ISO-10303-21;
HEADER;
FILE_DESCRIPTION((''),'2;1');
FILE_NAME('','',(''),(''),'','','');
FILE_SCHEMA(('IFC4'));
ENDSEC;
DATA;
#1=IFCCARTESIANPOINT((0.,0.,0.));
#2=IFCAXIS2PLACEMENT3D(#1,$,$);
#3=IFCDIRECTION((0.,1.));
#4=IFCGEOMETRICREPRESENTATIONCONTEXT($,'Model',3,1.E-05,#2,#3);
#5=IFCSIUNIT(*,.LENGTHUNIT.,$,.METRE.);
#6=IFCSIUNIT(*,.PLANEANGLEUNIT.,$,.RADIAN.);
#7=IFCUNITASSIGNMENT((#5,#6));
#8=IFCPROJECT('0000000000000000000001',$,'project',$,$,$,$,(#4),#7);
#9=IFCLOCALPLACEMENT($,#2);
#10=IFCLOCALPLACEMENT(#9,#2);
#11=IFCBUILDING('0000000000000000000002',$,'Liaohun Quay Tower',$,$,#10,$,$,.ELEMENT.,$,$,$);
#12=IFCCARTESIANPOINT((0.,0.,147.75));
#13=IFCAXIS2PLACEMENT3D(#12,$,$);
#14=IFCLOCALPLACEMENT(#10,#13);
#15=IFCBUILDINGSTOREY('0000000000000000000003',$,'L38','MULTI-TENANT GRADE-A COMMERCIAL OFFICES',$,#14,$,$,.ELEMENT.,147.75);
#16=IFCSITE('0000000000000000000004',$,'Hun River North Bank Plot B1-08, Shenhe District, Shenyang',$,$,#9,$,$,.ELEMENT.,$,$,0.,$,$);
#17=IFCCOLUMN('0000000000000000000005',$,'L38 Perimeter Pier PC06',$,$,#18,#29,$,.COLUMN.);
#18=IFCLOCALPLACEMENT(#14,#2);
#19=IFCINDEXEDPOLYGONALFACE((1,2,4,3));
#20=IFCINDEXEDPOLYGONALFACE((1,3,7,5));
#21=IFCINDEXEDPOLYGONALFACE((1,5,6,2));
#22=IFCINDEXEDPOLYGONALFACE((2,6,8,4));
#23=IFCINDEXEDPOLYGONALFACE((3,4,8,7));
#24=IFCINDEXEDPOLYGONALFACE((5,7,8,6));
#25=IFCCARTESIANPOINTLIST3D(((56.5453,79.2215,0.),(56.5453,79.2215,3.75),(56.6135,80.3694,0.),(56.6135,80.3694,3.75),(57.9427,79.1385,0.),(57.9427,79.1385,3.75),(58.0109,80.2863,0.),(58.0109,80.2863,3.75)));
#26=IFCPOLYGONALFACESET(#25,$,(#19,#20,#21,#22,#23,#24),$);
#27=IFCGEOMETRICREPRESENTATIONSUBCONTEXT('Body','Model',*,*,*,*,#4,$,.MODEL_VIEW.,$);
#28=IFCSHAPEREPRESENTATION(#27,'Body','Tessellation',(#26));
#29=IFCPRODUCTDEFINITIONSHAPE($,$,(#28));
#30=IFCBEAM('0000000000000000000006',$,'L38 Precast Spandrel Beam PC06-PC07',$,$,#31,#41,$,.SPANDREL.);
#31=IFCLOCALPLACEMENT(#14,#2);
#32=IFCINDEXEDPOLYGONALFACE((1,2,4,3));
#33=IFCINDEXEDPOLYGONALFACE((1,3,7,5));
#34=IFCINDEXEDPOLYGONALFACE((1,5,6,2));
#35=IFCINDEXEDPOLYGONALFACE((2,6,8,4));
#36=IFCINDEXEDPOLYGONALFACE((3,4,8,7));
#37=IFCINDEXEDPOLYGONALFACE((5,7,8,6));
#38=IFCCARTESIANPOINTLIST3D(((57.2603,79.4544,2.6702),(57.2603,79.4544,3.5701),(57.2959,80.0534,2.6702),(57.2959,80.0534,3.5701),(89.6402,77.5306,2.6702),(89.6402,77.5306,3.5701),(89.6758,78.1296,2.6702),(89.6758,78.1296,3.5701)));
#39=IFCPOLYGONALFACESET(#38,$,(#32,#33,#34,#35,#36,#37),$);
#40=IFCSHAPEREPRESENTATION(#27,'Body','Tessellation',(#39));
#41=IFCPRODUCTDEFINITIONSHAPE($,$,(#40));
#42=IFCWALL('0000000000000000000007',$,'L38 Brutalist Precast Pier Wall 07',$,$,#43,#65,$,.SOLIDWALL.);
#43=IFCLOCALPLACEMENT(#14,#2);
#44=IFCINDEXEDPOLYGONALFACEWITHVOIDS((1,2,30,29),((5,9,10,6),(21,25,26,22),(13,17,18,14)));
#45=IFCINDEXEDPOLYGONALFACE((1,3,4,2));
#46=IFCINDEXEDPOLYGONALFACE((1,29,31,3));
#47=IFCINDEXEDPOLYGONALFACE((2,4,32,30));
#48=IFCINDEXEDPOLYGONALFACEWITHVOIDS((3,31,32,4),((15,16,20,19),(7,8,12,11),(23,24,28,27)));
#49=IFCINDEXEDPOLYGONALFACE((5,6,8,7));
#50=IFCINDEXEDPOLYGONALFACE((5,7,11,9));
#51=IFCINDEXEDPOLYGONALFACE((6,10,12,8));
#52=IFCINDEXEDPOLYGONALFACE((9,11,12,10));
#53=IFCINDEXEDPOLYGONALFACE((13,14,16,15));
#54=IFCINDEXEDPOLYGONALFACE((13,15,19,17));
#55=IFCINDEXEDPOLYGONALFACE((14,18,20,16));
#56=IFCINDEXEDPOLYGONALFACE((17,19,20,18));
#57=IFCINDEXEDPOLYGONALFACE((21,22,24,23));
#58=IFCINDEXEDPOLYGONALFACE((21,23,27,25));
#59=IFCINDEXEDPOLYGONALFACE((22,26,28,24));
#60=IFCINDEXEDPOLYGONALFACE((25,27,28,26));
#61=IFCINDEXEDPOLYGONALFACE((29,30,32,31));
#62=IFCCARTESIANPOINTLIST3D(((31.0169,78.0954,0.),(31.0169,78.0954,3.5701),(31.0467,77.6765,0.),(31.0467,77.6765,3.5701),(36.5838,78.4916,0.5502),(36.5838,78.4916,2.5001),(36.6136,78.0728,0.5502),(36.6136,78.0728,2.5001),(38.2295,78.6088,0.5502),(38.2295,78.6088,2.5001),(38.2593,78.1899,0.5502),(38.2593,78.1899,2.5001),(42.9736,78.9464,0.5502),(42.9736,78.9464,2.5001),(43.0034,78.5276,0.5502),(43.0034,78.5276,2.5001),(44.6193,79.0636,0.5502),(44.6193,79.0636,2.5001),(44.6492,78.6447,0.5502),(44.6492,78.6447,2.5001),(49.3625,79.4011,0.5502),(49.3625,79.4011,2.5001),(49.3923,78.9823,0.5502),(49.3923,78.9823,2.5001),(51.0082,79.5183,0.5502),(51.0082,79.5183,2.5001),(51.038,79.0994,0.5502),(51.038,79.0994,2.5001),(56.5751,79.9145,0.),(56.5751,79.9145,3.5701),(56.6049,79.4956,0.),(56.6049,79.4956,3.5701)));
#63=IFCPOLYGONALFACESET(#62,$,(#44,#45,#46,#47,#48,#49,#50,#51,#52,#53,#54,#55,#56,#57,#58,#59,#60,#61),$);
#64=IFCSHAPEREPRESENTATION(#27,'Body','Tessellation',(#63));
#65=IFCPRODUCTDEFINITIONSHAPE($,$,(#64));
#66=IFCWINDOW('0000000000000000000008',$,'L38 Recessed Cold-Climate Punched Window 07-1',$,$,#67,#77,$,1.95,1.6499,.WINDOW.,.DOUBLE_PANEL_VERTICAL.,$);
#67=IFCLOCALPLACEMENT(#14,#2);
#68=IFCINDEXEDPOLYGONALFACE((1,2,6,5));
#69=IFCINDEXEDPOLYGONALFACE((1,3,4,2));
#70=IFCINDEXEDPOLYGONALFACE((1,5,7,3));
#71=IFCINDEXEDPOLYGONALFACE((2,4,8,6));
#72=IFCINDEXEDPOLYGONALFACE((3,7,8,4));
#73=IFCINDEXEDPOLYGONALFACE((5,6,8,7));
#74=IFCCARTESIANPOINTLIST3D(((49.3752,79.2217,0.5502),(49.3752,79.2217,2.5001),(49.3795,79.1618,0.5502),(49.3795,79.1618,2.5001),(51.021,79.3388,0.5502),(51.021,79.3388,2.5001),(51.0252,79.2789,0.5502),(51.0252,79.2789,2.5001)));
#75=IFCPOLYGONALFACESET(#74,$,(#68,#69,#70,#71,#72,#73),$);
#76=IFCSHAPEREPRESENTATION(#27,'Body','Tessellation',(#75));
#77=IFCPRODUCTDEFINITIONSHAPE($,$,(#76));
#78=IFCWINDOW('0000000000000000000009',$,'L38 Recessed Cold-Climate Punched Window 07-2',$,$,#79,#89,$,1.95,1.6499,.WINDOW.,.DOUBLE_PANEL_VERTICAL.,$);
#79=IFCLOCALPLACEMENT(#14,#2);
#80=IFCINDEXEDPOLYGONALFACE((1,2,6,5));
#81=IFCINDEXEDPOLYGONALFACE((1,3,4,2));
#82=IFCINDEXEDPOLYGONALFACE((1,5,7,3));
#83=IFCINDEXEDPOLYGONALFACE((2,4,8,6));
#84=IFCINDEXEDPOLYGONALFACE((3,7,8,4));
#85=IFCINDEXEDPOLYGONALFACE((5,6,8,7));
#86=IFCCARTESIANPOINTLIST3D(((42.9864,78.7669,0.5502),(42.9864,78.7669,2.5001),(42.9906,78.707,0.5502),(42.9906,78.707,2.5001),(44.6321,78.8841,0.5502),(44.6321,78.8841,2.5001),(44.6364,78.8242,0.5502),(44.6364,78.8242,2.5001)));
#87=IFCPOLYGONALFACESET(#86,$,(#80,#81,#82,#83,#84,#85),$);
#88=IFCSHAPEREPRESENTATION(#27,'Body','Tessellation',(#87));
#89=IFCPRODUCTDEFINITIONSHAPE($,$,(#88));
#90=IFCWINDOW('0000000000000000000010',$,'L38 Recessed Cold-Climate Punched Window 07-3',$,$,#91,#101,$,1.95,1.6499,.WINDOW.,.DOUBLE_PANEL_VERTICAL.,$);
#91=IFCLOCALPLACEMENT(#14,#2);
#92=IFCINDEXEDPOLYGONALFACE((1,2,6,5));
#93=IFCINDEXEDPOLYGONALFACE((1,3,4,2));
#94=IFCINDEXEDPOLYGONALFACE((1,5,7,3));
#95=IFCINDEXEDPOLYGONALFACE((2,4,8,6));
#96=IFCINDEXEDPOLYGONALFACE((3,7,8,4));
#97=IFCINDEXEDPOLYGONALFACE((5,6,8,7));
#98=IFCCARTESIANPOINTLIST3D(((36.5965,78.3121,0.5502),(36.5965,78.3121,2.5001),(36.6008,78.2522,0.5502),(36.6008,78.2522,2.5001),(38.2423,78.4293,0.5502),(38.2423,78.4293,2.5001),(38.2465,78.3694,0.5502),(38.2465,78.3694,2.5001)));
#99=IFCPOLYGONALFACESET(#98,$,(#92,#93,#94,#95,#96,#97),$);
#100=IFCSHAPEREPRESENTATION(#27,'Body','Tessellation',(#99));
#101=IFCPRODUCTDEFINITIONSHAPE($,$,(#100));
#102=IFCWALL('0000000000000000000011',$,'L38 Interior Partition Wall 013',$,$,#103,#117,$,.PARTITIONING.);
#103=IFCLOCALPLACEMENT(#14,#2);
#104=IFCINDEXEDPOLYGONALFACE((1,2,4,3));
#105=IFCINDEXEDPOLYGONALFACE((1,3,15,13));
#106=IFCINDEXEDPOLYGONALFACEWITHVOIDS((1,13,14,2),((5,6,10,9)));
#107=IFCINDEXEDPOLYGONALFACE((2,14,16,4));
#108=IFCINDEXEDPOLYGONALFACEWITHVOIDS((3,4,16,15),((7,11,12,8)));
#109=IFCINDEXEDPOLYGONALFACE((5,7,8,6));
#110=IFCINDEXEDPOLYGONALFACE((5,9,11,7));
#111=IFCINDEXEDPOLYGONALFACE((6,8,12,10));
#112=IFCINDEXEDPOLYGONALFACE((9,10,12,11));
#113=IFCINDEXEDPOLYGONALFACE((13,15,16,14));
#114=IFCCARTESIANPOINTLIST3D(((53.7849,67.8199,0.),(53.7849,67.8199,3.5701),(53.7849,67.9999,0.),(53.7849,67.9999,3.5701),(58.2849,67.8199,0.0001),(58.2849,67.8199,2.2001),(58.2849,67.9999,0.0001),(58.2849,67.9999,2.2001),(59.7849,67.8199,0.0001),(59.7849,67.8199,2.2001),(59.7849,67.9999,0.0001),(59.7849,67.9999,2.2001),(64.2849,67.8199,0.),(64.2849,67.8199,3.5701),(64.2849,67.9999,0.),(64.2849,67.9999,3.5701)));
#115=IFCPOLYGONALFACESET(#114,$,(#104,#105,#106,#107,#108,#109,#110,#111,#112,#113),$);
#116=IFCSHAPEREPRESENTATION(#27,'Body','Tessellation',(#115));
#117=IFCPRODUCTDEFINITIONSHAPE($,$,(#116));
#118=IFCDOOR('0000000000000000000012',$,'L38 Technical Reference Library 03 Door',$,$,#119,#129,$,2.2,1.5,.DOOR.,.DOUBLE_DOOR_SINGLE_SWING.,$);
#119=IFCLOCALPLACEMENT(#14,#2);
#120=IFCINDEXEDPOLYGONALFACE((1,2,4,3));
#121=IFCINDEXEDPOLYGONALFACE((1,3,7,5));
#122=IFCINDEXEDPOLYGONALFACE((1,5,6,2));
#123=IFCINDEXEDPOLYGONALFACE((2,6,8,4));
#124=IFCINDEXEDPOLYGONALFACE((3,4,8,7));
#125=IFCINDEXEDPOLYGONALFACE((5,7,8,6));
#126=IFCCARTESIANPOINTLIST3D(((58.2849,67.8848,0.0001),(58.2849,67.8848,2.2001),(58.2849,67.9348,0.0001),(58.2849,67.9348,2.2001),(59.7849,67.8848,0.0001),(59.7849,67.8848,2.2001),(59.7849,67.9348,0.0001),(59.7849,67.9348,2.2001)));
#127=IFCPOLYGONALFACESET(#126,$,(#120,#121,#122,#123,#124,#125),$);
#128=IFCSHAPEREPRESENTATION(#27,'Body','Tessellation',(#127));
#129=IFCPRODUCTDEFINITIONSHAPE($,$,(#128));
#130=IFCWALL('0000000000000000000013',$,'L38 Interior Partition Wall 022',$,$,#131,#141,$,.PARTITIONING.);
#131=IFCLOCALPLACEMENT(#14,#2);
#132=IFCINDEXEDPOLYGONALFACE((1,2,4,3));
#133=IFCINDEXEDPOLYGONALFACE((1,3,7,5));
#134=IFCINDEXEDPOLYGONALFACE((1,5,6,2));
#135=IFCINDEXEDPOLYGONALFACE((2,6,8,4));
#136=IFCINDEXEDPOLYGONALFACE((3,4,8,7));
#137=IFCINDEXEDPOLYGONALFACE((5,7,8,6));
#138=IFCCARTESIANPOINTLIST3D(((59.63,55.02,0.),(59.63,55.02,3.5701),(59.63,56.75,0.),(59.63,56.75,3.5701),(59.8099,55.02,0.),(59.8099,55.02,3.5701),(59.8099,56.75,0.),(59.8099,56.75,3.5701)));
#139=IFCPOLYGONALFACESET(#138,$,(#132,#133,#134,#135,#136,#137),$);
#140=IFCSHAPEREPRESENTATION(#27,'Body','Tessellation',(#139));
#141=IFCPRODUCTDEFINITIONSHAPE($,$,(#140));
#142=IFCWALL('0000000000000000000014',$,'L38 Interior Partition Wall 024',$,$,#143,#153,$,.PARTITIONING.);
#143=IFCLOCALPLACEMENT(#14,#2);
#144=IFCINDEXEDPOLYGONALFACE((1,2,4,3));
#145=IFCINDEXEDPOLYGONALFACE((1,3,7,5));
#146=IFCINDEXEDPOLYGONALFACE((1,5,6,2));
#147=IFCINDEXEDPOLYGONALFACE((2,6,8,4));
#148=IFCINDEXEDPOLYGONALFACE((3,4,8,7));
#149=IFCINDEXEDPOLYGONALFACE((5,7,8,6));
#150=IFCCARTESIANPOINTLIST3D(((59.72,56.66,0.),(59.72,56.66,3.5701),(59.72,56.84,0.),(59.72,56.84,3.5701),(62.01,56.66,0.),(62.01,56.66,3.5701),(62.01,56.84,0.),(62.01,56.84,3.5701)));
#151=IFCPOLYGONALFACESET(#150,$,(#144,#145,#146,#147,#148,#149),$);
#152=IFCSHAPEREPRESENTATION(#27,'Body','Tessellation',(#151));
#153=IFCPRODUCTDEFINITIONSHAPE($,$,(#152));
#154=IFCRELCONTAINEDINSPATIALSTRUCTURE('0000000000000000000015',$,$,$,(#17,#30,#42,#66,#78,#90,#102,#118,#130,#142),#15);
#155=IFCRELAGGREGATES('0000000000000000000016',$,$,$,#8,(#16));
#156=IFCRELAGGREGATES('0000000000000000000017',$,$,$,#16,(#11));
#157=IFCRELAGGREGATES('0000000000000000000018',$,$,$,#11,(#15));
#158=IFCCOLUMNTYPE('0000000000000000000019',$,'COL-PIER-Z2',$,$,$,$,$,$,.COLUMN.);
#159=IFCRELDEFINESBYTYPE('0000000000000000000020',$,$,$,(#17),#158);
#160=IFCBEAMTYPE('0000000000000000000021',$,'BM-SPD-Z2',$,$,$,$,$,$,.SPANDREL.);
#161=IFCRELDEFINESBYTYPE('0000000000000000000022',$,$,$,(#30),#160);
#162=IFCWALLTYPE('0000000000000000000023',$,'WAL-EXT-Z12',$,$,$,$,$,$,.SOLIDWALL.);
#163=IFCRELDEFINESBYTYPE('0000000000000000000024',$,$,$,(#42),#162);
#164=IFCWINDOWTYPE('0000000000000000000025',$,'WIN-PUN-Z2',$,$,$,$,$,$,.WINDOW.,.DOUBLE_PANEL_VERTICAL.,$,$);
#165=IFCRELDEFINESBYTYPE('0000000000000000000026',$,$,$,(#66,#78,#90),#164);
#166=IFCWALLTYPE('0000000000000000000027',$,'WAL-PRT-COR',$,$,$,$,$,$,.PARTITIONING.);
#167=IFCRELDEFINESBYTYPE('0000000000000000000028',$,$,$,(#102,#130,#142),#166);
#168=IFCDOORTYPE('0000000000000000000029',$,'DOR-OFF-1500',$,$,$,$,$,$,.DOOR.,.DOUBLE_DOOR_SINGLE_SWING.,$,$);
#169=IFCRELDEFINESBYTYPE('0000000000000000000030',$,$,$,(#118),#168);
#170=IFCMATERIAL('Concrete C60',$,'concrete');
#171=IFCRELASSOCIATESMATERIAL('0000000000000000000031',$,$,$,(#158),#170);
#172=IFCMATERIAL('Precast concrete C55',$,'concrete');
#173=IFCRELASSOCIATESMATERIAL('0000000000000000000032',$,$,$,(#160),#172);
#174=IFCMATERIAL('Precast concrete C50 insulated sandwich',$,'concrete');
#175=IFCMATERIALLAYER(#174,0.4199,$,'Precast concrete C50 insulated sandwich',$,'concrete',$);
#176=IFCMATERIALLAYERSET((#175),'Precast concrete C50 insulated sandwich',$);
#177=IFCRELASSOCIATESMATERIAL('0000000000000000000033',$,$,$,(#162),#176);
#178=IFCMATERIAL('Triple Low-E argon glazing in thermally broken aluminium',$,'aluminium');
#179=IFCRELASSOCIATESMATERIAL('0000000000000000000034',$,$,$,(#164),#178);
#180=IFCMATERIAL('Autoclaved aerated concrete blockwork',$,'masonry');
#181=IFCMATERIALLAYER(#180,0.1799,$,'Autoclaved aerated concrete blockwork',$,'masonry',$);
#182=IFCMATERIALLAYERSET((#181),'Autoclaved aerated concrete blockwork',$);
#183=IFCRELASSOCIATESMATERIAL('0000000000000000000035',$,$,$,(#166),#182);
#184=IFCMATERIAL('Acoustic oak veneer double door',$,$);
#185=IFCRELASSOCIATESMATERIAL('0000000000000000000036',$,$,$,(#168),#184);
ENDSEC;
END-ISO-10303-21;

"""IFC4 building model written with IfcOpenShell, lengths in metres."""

from ifc_helpers import new_model, si_unit, direction, frame, frame_2d, origin, origin_2d, place, context, subcontext, project, spatial, rectangle, extrude, source, transform, mapped, material, layer, layer_set, material_profile, profile_set, type_object, element, fill, save


model = new_model("IFC4")

# Units and contexts
model_context = context("Model", 3, precision=1e-05, world=origin(), true_north=direction((0.0, 1.0)))
body_context = subcontext(model_context, "Body", "Model", "MODEL_VIEW")
ifc_project = project(units=[si_unit("LENGTHUNIT", "METRE"), si_unit("PLANEANGLEUNIT", "RADIAN")], contexts=[model_context])

# Site, building, storey
site_placement = place(None, origin())
site = spatial("IfcSite", under=ifc_project, at=site_placement, Name="Hun River North Bank Plot B1-08, Shenhe District, Shenyang", CompositionType="ELEMENT", RefElevation=0.0)
building_placement = place(site_placement, origin())
building = spatial("IfcBuilding", under=site, at=building_placement, Name="Liaohun Quay Tower", CompositionType="ELEMENT")
storey_placement = place(building_placement, frame((0.0, 0.0, 147.75)))
storey = spatial("IfcBuildingStorey", under=building, at=storey_placement, Name="L38", Description="MULTI-TENANT GRADE-A COMMERCIAL OFFICES", CompositionType="ELEMENT", Elevation=147.75)

# Column
ifc_material_1 = material(Name="Concrete C60", Category="concrete")
ifc_material_profile_1 = material_profile(ifc_material_1, rectangle(XDim=1.3999, YDim=1.1499, at=origin_2d()), Name="RC1400x1150")
ifc_profile_set_1 = profile_set([ifc_material_profile_1], Name="Concrete C60")
column_type = type_object("IfcColumnType", Name="COL-PIER-Z2", PredefinedType="COLUMN", material=ifc_profile_set_1)
shared_shape_1 = source(origin(), body_context, "Body", "SweptSolid", [
    extrude(rectangle(XDim=1.3999, YDim=1.1499, at=origin_2d()), origin(), (0.0, 0.0, 1.0), 3.75),
])
column_placement = place(storey_placement, frame((57.2781, 79.7539, 0.0), z_axis=(0.0, 0.0, 1.0), x_axis=(-0.99824, 0.059306, 0.0)))
element("IfcColumn", 1, at=column_placement, inside=storey, type_object=column_type, Name="L38 Perimeter Pier PC06", PredefinedType="COLUMN", context=body_context, shape_type="MappedRepresentation", body=[
    mapped(shared_shape_1, transform((0.0, 0.0, 0.0), x_axis=(1.0, 0.0, 0.0), y_axis=(0.0, 1.0, 0.0), z_axis=(0.0, 0.0, 1.0), scale=1.0)),
])

# Beam
ifc_material_2 = material(Name="Precast concrete C55", Category="concrete")
ifc_material_profile_2 = material_profile(ifc_material_2, rectangle(XDim=0.6001, YDim=0.8999, at=origin_2d()), Name="RC600x900")
ifc_profile_set_2 = profile_set([ifc_material_profile_2], Name="Precast concrete C55")
beam_type = type_object("IfcBeamType", Name="BM-SPD-Z2", PredefinedType="SPANDREL", material=ifc_profile_set_2)
shared_shape_2 = source(origin(), body_context, "Body", "SweptSolid", [
    extrude(rectangle(XDim=0.6001, YDim=0.8999, at=origin_2d()), origin(), (0.0, 0.0, 1.0), 32.437),
])
beam_placement = place(storey_placement, frame((57.2781, 79.7539, 3.1201), z_axis=(0.99824, -0.05931, 0.0), x_axis=(0.05931, 0.99824, 0.0)))
element("IfcBeam", 2, at=beam_placement, inside=storey, type_object=beam_type, Name="L38 Precast Spandrel Beam PC06-PC07", PredefinedType="SPANDREL", context=body_context, shape_type="MappedRepresentation", body=[
    mapped(shared_shape_2, transform((0.0, 0.0, 0.0), x_axis=(1.0, 0.0, 0.0), y_axis=(0.0, 1.0, 0.0), z_axis=(0.0, 0.0, 1.0), scale=1.0)),
])

# Wall, openings, windows
ifc_material_3 = material(Name="Precast concrete C50 insulated sandwich", Category="concrete")
ifc_layer_1 = layer(ifc_material_3, 0.4199, Name="Precast concrete C50 insulated sandwich", Category="concrete")
ifc_layer_set_1 = layer_set([ifc_layer_1], Name="Precast concrete C50 insulated sandwich")
wall_type_1 = type_object("IfcWallType", Name="WAL-EXT-Z12", PredefinedType="SOLIDWALL", material=ifc_layer_set_1)
wall_1_placement = place(storey_placement, frame((56.5901, 79.7051, 0.0), z_axis=(0.0, 0.0, 1.0), x_axis=(-0.997477, -0.070995, 0.0)))
wall_1 = element("IfcWall", 3, at=wall_1_placement, inside=storey, type_object=wall_type_1, Name="L38 Brutalist Precast Pier Wall 07", PredefinedType="SOLIDWALL", context=body_context, shape_type="SweptSolid", body=[
    extrude(rectangle(XDim=25.6228, YDim=0.4199, at=frame_2d((12.8115, 0.0))), origin(), (0.0, 0.0, 1.0), 3.5701),
])
shared_shape_3 = source(origin(), body_context, "Body", "SweptSolid", [
    extrude(rectangle(XDim=1.6499, YDim=1.95, at=frame_2d((0.825, 0.9751))), frame((0.0, 0.22, 0.0), z_axis=(0.0, -1.0, 0.0), x_axis=(1.0, 0.0, 0.0)), (0.0, 0.0, 1.0), 0.4399),
])
opening_1_placement = place(wall_1_placement, frame((5.5811, 0.0, 0.55)))
opening_1 = element("IfcOpeningElement", 4, at=opening_1_placement, cuts=wall_1, PredefinedType="OPENING", context=body_context, shape_type="MappedRepresentation", body=[
    mapped(shared_shape_3, transform((0.0, 0.0, 0.0), x_axis=(1.0, 0.0, 0.0), y_axis=(0.0, 1.0, 0.0), z_axis=(0.0, 0.0, 1.0), scale=1.0)),
])
opening_2_placement = place(wall_1_placement, frame((11.9861, 0.0, 0.55)))
opening_2 = element("IfcOpeningElement", 5, at=opening_2_placement, cuts=wall_1, PredefinedType="OPENING", context=body_context, shape_type="MappedRepresentation", body=[
    mapped(shared_shape_3, transform((0.0, 0.0, 0.0), x_axis=(1.0, 0.0, 0.0), y_axis=(0.0, 1.0, 0.0), z_axis=(0.0, 0.0, 1.0), scale=1.0)),
])
opening_3_placement = place(wall_1_placement, frame((18.3921, 0.0, 0.55)))
opening_3 = element("IfcOpeningElement", 6, at=opening_3_placement, cuts=wall_1, PredefinedType="OPENING", context=body_context, shape_type="MappedRepresentation", body=[
    mapped(shared_shape_3, transform((0.0, 0.0, 0.0), x_axis=(1.0, 0.0, 0.0), y_axis=(0.0, 1.0, 0.0), z_axis=(0.0, 0.0, 1.0), scale=1.0)),
])
ifc_material_4 = material(Name="Triple Low-E argon glazing in thermally broken aluminium", Category="aluminium")
window_type = type_object("IfcWindowType", Name="WIN-PUN-Z2", PartitioningType="DOUBLE_PANEL_VERTICAL", PredefinedType="WINDOW", material=ifc_material_4)
shared_shape_4 = source(origin(), body_context, "Body", "SweptSolid", [
    extrude(rectangle(XDim=1.6499, YDim=1.95, at=frame_2d((0.825, 0.9751))), frame((0.0, 0.03, 0.0), z_axis=(0.0, -1.0, 0.0), x_axis=(1.0, 0.0, 0.0)), (0.0, 0.0, 1.0), 0.0601),
])
window_1_placement = place(opening_1_placement, origin())
window_1 = element("IfcWindow", 7, at=window_1_placement, inside=storey, type_object=window_type, Name="L38 Recessed Cold-Climate Punched Window 07-1", OverallHeight=1.95, OverallWidth=1.6499, PartitioningType="DOUBLE_PANEL_VERTICAL", PredefinedType="WINDOW", context=body_context, shape_type="MappedRepresentation", body=[
    mapped(shared_shape_4, transform((0.0, 0.0, 0.0), x_axis=(1.0, 0.0, 0.0), y_axis=(0.0, 1.0, 0.0), z_axis=(0.0, 0.0, 1.0), scale=1.0)),
])
fill(opening_1, window_1)
window_2_placement = place(opening_2_placement, origin())
window_2 = element("IfcWindow", 8, at=window_2_placement, inside=storey, type_object=window_type, Name="L38 Recessed Cold-Climate Punched Window 07-2", OverallHeight=1.95, OverallWidth=1.6499, PartitioningType="DOUBLE_PANEL_VERTICAL", PredefinedType="WINDOW", context=body_context, shape_type="MappedRepresentation", body=[
    mapped(shared_shape_4, transform((0.0, 0.0, 0.0), x_axis=(1.0, 0.0, 0.0), y_axis=(0.0, 1.0, 0.0), z_axis=(0.0, 0.0, 1.0), scale=1.0)),
])
fill(opening_2, window_2)
window_3_placement = place(opening_3_placement, origin())
window_3 = element("IfcWindow", 9, at=window_3_placement, inside=storey, type_object=window_type, Name="L38 Recessed Cold-Climate Punched Window 07-3", OverallHeight=1.95, OverallWidth=1.6499, PartitioningType="DOUBLE_PANEL_VERTICAL", PredefinedType="WINDOW", context=body_context, shape_type="MappedRepresentation", body=[
    mapped(shared_shape_4, transform((0.0, 0.0, 0.0), x_axis=(1.0, 0.0, 0.0), y_axis=(0.0, 1.0, 0.0), z_axis=(0.0, 0.0, 1.0), scale=1.0)),
])
fill(opening_3, window_3)

# Wall, opening, door
ifc_material_5 = material(Name="Autoclaved aerated concrete blockwork", Category="masonry")
ifc_layer_2 = layer(ifc_material_5, 0.1799, Name="Autoclaved aerated concrete blockwork", Category="masonry")
ifc_layer_set_2 = layer_set([ifc_layer_2], Name="Autoclaved aerated concrete blockwork")
wall_type_2 = type_object("IfcWallType", Name="WAL-PRT-COR", PredefinedType="PARTITIONING", material=ifc_layer_set_2)
wall_2_placement = place(storey_placement, frame((53.7849, 67.9099, 0.0), z_axis=(0.0, 0.0, 1.0), x_axis=(1.0, 0.0, 0.0)))
wall_2 = element("IfcWall", 10, at=wall_2_placement, inside=storey, type_object=wall_type_2, Name="L38 Interior Partition Wall 013", PredefinedType="PARTITIONING", context=body_context, shape_type="SweptSolid", body=[
    extrude(rectangle(XDim=10.5, YDim=0.1799, at=frame_2d((5.25, 0.0))), origin(), (0.0, 0.0, 1.0), 3.5701),
])
shared_shape_5 = source(origin(), body_context, "Body", "SweptSolid", [
    extrude(rectangle(XDim=1.5, YDim=2.2, at=frame_2d((0.75, 1.1001))), frame((0.0, 0.0999, 0.0), z_axis=(0.0, -1.0, 0.0), x_axis=(1.0, 0.0, 0.0)), (0.0, 0.0, 1.0), 0.2),
])
opening_4_placement = place(wall_2_placement, frame((4.5, 0.0, 0.0)))
opening_4 = element("IfcOpeningElement", 11, at=opening_4_placement, cuts=wall_2, PredefinedType="OPENING", context=body_context, shape_type="MappedRepresentation", body=[
    mapped(shared_shape_5, transform((0.0, 0.0, 0.0), x_axis=(1.0, 0.0, 0.0), y_axis=(0.0, 1.0, 0.0), z_axis=(0.0, 0.0, 1.0), scale=1.0)),
])
ifc_material_6 = material(Name="Acoustic oak veneer double door")
door_type_1 = type_object("IfcDoorType", Name="DOR-OFF-1500", OperationType="DOUBLE_DOOR_SINGLE_SWING", PredefinedType="DOOR", material=ifc_material_6)
shared_shape_6 = source(origin(), body_context, "Body", "SweptSolid", [
    extrude(rectangle(XDim=1.5, YDim=2.2, at=frame_2d((0.75, 1.1001))), frame((0.0, 0.0249, 0.0), z_axis=(0.0, -1.0, 0.0), x_axis=(1.0, 0.0, 0.0)), (0.0, 0.0, 1.0), 0.05),
])
door_1_placement = place(opening_4_placement, origin())
door_1 = element("IfcDoor", 12, at=door_1_placement, inside=storey, type_object=door_type_1, Name="L38 Technical Reference Library 03 Door", OperationType="DOUBLE_DOOR_SINGLE_SWING", OverallHeight=2.2, OverallWidth=1.5, PredefinedType="DOOR", context=body_context, shape_type="MappedRepresentation", body=[
    mapped(shared_shape_6, transform((0.0, 0.0, 0.0), x_axis=(1.0, 0.0, 0.0), y_axis=(0.0, 1.0, 0.0), z_axis=(0.0, 0.0, 1.0), scale=1.0)),
])
fill(opening_4, door_1)

# Walls
wall_3_placement = place(storey_placement, frame((59.72, 55.02, 0.0), z_axis=(0.0, 0.0, 1.0), x_axis=(0.0, 1.0, 0.0)))
element("IfcWall", 13, at=wall_3_placement, inside=storey, type_object=wall_type_2, Name="L38 Interior Partition Wall 022", PredefinedType="PARTITIONING", context=body_context, shape_type="SweptSolid", body=[
    extrude(rectangle(XDim=1.73, YDim=0.1799, at=frame_2d((0.865, 0.0))), origin(), (0.0, 0.0, 1.0), 3.5701),
])
wall_4_placement = place(storey_placement, frame((59.72, 56.75, 0.0), z_axis=(0.0, 0.0, 1.0), x_axis=(1.0, 0.0, 0.0)))
element("IfcWall", 14, at=wall_4_placement, inside=storey, type_object=wall_type_2, Name="L38 Interior Partition Wall 024", PredefinedType="PARTITIONING", context=body_context, shape_type="SweptSolid", body=[
    extrude(rectangle(XDim=2.29, YDim=0.1799, at=frame_2d((1.145, 0.0))), origin(), (0.0, 0.0, 1.0), 3.5701),
])

save(model, "model.ifc")
